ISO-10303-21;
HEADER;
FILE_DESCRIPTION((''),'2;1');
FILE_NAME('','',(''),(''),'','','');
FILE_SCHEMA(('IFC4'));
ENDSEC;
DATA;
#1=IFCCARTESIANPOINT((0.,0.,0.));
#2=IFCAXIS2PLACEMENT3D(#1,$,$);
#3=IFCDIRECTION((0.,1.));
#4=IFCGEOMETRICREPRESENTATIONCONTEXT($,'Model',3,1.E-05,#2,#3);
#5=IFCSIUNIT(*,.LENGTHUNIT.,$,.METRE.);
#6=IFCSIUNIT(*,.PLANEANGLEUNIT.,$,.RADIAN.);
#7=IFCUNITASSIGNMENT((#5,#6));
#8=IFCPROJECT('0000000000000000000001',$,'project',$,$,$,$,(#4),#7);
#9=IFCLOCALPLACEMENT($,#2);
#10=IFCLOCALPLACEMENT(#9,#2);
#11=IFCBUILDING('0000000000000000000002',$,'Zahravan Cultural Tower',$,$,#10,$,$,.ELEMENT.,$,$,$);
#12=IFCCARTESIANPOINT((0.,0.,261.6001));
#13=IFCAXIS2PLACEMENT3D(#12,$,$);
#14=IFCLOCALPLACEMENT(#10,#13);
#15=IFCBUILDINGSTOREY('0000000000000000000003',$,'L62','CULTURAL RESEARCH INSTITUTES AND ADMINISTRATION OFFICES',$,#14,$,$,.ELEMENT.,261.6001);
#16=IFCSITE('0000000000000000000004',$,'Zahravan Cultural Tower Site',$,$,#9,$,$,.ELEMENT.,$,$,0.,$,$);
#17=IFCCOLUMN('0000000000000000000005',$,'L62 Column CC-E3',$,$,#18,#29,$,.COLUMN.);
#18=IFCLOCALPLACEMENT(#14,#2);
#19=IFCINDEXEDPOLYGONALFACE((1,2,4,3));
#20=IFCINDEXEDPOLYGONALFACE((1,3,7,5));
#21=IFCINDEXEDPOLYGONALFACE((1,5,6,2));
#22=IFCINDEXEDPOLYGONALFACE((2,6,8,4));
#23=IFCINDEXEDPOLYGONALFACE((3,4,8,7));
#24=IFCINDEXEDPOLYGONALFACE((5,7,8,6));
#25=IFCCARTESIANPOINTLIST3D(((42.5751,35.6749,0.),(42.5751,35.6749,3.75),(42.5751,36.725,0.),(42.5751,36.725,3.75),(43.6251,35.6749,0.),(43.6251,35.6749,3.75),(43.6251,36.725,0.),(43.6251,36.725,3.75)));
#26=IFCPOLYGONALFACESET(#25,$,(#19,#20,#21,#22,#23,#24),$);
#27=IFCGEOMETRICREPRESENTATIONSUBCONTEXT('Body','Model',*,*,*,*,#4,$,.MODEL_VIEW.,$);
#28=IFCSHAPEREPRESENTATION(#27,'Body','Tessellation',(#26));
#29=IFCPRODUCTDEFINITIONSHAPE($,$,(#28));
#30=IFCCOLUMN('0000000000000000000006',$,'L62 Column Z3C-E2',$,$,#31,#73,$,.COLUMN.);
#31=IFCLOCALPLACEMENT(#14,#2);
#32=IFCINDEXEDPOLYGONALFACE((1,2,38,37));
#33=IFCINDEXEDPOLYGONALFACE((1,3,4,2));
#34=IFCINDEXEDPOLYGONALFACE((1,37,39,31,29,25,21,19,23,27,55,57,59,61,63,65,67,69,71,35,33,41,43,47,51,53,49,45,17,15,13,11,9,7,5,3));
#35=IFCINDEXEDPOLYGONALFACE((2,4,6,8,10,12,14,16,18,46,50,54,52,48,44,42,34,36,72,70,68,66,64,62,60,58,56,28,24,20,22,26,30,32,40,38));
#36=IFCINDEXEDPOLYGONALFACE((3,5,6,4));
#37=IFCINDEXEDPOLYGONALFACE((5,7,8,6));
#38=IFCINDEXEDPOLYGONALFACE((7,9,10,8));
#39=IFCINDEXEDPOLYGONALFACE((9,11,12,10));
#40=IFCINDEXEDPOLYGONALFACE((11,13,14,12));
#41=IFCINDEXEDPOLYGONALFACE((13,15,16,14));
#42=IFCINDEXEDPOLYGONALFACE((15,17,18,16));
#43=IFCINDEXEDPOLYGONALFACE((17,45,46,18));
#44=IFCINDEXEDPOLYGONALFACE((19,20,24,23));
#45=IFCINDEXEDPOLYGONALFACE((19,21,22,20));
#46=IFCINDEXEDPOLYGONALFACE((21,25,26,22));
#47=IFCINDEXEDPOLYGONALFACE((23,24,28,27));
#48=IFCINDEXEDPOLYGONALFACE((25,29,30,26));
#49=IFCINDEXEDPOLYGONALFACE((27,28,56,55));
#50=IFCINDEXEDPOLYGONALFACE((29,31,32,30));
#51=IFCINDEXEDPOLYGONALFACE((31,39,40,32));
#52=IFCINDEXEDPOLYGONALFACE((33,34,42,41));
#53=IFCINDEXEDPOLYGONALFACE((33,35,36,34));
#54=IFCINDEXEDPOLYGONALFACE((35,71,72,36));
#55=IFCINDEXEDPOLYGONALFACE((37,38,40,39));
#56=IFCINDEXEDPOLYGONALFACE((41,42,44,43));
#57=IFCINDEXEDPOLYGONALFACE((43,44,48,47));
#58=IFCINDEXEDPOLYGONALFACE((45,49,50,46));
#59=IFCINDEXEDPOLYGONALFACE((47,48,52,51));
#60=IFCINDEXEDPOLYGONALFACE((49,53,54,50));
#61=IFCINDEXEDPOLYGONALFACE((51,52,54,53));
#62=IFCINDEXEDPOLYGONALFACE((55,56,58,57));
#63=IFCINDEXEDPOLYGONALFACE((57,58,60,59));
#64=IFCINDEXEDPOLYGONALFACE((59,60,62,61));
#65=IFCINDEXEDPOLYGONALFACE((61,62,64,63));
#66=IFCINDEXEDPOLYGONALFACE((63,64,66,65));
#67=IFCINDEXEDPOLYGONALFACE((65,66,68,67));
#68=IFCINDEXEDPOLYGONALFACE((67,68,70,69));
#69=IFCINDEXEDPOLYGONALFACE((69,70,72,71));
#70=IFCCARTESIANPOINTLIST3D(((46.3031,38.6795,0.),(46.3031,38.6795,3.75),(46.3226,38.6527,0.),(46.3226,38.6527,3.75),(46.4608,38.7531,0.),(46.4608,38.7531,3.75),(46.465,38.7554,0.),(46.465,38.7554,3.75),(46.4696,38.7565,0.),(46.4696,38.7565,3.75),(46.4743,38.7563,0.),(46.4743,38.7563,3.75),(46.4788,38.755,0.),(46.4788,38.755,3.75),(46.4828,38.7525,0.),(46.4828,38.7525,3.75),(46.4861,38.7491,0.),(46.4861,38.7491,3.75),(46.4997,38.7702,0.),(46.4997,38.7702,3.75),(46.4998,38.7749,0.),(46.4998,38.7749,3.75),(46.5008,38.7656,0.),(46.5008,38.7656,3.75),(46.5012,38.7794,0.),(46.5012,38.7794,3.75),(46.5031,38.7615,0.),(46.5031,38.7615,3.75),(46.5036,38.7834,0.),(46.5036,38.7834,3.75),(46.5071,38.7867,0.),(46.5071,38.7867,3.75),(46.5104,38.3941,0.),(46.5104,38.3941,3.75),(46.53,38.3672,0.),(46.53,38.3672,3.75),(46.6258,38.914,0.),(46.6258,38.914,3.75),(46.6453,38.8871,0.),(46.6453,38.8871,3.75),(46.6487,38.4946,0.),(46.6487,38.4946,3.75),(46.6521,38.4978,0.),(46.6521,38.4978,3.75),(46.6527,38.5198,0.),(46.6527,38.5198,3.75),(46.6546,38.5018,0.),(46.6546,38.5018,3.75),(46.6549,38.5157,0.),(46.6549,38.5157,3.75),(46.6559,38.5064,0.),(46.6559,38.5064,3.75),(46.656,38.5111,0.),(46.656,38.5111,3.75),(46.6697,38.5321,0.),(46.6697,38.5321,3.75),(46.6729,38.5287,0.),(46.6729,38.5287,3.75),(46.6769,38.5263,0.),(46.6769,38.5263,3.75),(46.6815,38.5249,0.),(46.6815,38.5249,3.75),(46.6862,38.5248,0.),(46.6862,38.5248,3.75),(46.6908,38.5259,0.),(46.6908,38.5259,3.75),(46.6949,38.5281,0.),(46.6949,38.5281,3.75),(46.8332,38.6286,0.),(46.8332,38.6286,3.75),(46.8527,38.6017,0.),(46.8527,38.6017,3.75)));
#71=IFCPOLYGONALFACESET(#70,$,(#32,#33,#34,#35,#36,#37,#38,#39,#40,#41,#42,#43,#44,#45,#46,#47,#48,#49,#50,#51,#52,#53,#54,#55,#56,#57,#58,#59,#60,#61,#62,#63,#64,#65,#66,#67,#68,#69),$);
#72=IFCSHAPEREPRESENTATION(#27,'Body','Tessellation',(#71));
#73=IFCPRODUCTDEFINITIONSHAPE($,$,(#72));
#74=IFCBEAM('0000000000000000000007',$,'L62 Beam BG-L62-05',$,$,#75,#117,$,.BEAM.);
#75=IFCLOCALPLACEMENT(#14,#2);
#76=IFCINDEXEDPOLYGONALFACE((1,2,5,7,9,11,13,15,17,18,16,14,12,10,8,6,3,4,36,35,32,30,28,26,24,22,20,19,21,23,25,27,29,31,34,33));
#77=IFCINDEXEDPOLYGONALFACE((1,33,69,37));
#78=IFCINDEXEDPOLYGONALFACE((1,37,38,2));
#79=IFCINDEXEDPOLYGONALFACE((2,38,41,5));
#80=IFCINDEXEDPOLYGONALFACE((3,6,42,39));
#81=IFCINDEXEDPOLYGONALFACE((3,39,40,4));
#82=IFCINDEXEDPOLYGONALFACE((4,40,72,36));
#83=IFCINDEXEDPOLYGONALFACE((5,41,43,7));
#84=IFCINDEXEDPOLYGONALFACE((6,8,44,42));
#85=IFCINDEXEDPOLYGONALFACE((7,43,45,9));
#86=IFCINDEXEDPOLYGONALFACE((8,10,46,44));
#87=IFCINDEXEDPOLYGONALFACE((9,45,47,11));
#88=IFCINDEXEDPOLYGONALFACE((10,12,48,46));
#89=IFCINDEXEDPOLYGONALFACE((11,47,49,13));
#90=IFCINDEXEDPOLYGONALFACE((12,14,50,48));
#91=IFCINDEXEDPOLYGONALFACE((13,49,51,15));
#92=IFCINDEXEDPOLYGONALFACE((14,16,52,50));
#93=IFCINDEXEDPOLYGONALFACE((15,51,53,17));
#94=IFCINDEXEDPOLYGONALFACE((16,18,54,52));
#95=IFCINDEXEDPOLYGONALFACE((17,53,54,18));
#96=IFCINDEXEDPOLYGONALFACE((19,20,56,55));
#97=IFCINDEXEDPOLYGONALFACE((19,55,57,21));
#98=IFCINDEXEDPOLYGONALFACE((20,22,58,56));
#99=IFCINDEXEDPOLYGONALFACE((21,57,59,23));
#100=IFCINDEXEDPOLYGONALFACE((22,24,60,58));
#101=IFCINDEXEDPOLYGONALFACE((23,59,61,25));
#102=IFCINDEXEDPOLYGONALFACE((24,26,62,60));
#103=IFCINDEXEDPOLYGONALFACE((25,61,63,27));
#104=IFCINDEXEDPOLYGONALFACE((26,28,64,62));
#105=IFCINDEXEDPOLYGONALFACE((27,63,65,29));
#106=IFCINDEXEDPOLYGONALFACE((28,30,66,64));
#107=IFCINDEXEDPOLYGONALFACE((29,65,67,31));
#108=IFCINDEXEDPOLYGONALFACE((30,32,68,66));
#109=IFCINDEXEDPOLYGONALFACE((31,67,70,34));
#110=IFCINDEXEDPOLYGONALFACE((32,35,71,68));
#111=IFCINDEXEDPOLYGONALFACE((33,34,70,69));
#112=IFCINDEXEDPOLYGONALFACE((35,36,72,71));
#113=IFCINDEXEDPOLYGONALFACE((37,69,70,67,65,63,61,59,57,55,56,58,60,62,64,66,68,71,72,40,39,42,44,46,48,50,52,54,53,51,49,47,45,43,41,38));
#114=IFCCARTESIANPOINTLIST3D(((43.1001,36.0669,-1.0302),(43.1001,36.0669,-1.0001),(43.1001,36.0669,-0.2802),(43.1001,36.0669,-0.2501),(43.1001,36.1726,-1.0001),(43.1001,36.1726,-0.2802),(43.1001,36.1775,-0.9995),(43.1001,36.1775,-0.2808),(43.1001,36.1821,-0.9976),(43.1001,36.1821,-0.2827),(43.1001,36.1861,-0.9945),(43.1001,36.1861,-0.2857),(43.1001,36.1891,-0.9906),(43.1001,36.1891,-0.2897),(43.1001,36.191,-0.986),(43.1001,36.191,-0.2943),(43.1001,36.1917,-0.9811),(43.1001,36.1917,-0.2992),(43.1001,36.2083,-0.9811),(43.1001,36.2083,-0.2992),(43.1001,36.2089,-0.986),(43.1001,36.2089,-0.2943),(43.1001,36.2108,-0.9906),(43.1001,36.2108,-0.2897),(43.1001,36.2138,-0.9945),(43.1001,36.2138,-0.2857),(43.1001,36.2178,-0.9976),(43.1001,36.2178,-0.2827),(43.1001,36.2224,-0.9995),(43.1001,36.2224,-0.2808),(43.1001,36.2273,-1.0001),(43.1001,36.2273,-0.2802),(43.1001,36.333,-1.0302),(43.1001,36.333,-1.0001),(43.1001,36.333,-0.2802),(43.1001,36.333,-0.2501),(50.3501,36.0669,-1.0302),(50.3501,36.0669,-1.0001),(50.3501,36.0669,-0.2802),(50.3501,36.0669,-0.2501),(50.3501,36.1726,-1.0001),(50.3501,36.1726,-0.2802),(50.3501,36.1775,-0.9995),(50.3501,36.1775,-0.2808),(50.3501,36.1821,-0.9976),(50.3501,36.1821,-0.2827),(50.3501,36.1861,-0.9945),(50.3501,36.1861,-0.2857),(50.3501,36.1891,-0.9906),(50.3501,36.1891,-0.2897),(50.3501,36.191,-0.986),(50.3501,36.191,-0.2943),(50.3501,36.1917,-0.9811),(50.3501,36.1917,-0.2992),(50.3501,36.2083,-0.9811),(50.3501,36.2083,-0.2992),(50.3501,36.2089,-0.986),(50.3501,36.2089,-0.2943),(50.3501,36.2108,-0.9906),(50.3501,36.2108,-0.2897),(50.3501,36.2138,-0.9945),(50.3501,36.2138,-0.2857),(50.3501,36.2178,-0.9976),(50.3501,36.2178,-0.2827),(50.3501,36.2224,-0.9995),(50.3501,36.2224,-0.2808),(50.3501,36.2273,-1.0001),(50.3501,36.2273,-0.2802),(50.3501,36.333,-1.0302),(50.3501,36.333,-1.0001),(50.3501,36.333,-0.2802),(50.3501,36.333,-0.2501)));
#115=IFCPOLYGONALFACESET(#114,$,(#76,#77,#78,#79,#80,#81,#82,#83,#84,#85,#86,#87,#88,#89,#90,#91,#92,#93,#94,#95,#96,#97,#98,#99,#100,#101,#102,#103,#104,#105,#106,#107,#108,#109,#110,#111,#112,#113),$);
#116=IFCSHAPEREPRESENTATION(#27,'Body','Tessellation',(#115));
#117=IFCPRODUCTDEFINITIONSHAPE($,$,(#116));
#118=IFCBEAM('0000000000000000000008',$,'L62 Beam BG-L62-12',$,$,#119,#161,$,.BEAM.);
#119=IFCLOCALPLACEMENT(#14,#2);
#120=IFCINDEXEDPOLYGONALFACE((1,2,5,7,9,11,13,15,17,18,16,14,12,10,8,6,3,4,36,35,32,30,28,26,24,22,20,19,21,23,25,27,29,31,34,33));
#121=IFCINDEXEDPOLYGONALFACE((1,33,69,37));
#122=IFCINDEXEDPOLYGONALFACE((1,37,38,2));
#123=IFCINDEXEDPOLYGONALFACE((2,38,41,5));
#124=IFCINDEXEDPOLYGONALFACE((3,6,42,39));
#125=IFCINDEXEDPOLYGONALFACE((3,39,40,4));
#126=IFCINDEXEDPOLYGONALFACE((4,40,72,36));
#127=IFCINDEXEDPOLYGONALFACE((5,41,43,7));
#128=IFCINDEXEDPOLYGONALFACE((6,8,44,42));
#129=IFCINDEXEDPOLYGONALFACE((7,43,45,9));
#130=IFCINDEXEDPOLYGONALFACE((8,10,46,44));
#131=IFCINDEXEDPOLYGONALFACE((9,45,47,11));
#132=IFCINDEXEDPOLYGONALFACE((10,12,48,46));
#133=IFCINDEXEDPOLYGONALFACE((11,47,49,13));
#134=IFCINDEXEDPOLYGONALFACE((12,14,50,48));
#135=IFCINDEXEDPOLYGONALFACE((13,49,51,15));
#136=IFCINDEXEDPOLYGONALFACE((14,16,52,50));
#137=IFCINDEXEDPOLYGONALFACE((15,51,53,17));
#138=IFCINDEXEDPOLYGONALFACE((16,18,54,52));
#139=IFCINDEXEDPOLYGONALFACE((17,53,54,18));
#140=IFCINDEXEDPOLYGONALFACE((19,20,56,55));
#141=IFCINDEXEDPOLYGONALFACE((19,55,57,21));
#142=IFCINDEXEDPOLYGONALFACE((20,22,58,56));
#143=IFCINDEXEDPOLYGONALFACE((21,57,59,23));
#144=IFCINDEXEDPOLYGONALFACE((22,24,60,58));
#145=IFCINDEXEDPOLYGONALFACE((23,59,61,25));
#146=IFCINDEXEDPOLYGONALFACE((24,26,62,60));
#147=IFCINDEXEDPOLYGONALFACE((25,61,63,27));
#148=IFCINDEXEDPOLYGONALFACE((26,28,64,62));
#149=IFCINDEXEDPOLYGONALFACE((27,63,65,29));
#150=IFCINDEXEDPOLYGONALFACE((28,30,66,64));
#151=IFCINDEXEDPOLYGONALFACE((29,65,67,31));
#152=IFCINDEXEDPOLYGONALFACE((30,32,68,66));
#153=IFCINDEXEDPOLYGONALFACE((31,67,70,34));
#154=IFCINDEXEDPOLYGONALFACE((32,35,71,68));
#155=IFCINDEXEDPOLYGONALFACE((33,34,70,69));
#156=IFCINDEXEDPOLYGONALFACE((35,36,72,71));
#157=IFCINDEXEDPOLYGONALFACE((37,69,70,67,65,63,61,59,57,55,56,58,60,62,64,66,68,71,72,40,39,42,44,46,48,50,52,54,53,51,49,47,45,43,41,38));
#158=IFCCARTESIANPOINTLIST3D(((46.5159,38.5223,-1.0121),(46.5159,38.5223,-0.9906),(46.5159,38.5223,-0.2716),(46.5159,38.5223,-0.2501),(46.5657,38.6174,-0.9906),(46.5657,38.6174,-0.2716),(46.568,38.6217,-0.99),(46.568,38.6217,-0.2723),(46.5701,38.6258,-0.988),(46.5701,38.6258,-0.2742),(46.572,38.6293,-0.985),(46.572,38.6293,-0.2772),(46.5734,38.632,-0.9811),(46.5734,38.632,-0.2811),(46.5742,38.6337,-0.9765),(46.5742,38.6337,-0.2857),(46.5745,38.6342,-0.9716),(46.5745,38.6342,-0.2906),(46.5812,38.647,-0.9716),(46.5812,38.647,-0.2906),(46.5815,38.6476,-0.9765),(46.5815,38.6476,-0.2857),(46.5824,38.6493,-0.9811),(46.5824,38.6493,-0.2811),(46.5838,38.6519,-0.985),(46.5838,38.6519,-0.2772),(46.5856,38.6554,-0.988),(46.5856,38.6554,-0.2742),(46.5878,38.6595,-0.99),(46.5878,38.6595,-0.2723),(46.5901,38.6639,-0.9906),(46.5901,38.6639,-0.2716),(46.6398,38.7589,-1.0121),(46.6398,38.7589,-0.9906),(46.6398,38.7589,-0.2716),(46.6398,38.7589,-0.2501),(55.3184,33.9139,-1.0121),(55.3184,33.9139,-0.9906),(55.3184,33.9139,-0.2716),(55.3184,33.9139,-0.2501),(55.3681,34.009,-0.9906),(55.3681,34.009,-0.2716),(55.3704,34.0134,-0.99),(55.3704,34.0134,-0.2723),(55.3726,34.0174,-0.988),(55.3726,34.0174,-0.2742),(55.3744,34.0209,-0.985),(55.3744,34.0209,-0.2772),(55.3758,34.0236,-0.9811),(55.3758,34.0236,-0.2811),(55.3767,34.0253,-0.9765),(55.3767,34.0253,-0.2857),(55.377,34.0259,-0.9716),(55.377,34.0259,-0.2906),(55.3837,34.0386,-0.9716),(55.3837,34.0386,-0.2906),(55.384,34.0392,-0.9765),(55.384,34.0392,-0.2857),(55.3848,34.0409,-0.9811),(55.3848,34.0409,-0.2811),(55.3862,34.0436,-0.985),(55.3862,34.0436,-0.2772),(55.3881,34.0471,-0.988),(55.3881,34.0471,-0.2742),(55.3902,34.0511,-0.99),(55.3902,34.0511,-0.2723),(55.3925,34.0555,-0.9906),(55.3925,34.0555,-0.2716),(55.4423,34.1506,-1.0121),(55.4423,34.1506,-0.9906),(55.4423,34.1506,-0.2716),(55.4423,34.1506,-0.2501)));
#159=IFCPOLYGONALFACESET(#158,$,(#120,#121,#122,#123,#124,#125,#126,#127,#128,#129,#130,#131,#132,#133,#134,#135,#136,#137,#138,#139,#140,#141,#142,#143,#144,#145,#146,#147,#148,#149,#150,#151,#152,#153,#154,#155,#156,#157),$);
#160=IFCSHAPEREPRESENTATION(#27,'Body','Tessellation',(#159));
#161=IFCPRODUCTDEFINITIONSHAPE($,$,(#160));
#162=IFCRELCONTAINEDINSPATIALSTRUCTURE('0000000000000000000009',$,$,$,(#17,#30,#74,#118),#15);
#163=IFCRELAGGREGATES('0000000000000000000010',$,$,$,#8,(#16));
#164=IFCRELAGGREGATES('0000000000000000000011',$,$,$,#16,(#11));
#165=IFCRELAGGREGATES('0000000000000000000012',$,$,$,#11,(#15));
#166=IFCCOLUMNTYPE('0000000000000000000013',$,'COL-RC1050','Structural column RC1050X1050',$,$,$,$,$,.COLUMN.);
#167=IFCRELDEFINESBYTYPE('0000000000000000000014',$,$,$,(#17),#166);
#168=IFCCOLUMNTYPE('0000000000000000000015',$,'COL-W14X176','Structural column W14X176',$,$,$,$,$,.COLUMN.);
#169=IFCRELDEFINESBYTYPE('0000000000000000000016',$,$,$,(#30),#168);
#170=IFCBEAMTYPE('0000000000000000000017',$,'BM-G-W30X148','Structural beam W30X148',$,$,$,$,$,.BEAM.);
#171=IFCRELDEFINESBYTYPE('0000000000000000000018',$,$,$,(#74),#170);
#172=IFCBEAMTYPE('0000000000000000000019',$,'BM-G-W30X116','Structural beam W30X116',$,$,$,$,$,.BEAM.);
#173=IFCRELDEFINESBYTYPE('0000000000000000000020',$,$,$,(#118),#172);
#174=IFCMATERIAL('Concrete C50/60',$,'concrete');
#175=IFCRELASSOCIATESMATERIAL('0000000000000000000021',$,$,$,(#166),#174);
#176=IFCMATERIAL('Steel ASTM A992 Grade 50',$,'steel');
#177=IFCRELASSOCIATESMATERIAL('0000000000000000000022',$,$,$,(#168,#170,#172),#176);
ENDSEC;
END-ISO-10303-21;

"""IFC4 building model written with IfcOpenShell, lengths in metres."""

from ifc_helpers import new_model, si_unit, direction, frame, origin, origin_2d, place, context, subcontext, project, spatial, rectangle, i_section, extrude, source, transform, mapped, material, material_profile, profile_set, type_object, element, save


model = new_model("IFC4")

# Units and contexts
model_context = context("Model", 3, precision=1e-05, world=origin(), true_north=direction((0.0, 1.0)))
body_context = subcontext(model_context, "Body", "Model", "MODEL_VIEW")
ifc_project = project(units=[si_unit("LENGTHUNIT", "METRE"), si_unit("PLANEANGLEUNIT", "RADIAN")], contexts=[model_context])

# Site, building, storey
site_placement = place(None, origin())
site = spatial("IfcSite", under=ifc_project, at=site_placement, Name="Zahravan Cultural Tower Site", CompositionType="ELEMENT", RefElevation=0.0)
building_placement = place(site_placement, origin())
building = spatial("IfcBuilding", under=site, at=building_placement, Name="Zahravan Cultural Tower", CompositionType="ELEMENT")
storey_placement = place(building_placement, frame((0.0, 0.0, 261.6001)))
storey = spatial("IfcBuildingStorey", under=building, at=storey_placement, Name="L62", Description="CULTURAL RESEARCH INSTITUTES AND ADMINISTRATION OFFICES", CompositionType="ELEMENT", Elevation=261.6001)

# Columns
ifc_material_1 = material(Name="Concrete C50/60", Category="concrete")
ifc_material_profile_1 = material_profile(ifc_material_1, rectangle(XDim=1.05, YDim=1.05, at=origin_2d()), Name="RC1050X1050")
ifc_profile_set_1 = profile_set([ifc_material_profile_1], Name="Concrete C50/60")
column_type_1 = type_object("IfcColumnType", Name="COL-RC1050", Description="Structural column RC1050X1050", PredefinedType="COLUMN", material=ifc_profile_set_1)
shared_shape_1 = source(origin(), body_context, "Body", "SweptSolid", [
    extrude(rectangle(XDim=1.05, YDim=1.05, at=origin_2d()), origin(), (0.0, 0.0, 1.0), 3.75),
])
column_1_placement = place(storey_placement, frame((43.1001, 36.2, 0.0), z_axis=(0.0, 0.0, 1.0), x_axis=(1.0, 0.0, 0.0)))
element("IfcColumn", 1, at=column_1_placement, inside=storey, type_object=column_type_1, Name="L62 Column CC-E3", PredefinedType="COLUMN", context=body_context, shape_type="MappedRepresentation", body=[
    mapped(shared_shape_1, transform((0.0, 0.0, 0.0), x_axis=(1.0, 0.0, 0.0), y_axis=(0.0, 1.0, 0.0), z_axis=(0.0, 0.0, 1.0), scale=1.0)),
])
ifc_material_2 = material(Name="Steel ASTM A992 Grade 50", Category="steel")
ifc_material_profile_2 = material_profile(ifc_material_2, i_section(OverallWidth=0.3989, OverallDepth=0.386, WebThickness=0.021, FlangeThickness=0.0332, FilletRadius=0.0181, at=origin_2d()), Name="W14X176")
ifc_profile_set_2 = profile_set([ifc_material_profile_2], Name="Steel ASTM A992 Grade 50")
column_type_2 = type_object("IfcColumnType", Name="COL-W14X176", Description="Structural column W14X176", PredefinedType="COLUMN", material=ifc_profile_set_2)
shared_shape_2 = source(origin(), body_context, "Body", "SweptSolid", [
    extrude(i_section(OverallWidth=0.3989, OverallDepth=0.386, WebThickness=0.021, FlangeThickness=0.0332, FilletRadius=0.0181, at=origin_2d()), origin(), (0.0, 0.0, 1.0), 3.75),
])
column_2_placement = place(storey_placement, frame((46.5779, 38.6406, 0.0), z_axis=(0.0, 0.0, 1.0), x_axis=(0.809017, 0.587785, 0.0)))
element("IfcColumn", 2, at=column_2_placement, inside=storey, type_object=column_type_2, Name="L62 Column Z3C-E2", PredefinedType="COLUMN", context=body_context, shape_type="MappedRepresentation", body=[
    mapped(shared_shape_2, transform((0.0, 0.0, 0.0), x_axis=(1.0, 0.0, 0.0), y_axis=(0.0, 1.0, 0.0), z_axis=(0.0, 0.0, 1.0), scale=1.0)),
])

# Beams
ifc_material_profile_3 = material_profile(ifc_material_2, i_section(OverallWidth=0.2661, OverallDepth=0.78, WebThickness=0.0166, FlangeThickness=0.03, FilletRadius=0.019, at=origin_2d()), Name="W30X148")
ifc_profile_set_3 = profile_set([ifc_material_profile_3], Name="Steel ASTM A992 Grade 50")
beam_type_1 = type_object("IfcBeamType", Name="BM-G-W30X148", Description="Structural beam W30X148", PredefinedType="BEAM", material=ifc_profile_set_3)
shared_shape_3 = source(origin(), body_context, "Body", "SweptSolid", [
    extrude(i_section(OverallWidth=0.2661, OverallDepth=0.78, WebThickness=0.0166, FlangeThickness=0.03, FilletRadius=0.019, at=origin_2d()), origin(), (0.0, 0.0, 1.0), 7.25),
])
beam_1_placement = place(storey_placement, frame((43.1001, 36.2, -0.6401), z_axis=(1.0, 0.0, 0.0), x_axis=(0.0, 1.0, 0.0)))
element("IfcBeam", 3, at=beam_1_placement, inside=storey, type_object=beam_type_1, Name="L62 Beam BG-L62-05", PredefinedType="BEAM", context=body_context, shape_type="MappedRepresentation", body=[
    mapped(shared_shape_3, transform((0.0, 0.0, 0.0), x_axis=(1.0, 0.0, 0.0), y_axis=(0.0, 1.0, 0.0), z_axis=(0.0, 0.0, 1.0), scale=1.0)),
])
ifc_material_profile_4 = material_profile(ifc_material_2, i_section(OverallWidth=0.2671, OverallDepth=0.762, WebThickness=0.0144, FlangeThickness=0.0215, FilletRadius=0.019, at=origin_2d()), Name="W30X116")
ifc_profile_set_4 = profile_set([ifc_material_profile_4], Name="Steel ASTM A992 Grade 50")
beam_type_2 = type_object("IfcBeamType", Name="BM-G-W30X116", Description="Structural beam W30X116", PredefinedType="BEAM", material=ifc_profile_set_4)
shared_shape_4 = source(origin(), body_context, "Body", "SweptSolid", [
    extrude(i_section(OverallWidth=0.2671, OverallDepth=0.762, WebThickness=0.0144, FlangeThickness=0.0215, FilletRadius=0.019, at=origin_2d()), origin(), (0.0, 0.0, 1.0), 9.9358),
])
beam_2_placement = place(storey_placement, frame((46.5779, 38.6406, -0.6311), z_axis=(0.885932, -0.463815, 0.0), x_axis=(0.463815, 0.885932, 0.0)))
element("IfcBeam", 4, at=beam_2_placement, inside=storey, type_object=beam_type_2, Name="L62 Beam BG-L62-12", PredefinedType="BEAM", context=body_context, shape_type="MappedRepresentation", body=[
    mapped(shared_shape_4, transform((0.0, 0.0, 0.0), x_axis=(1.0, 0.0, 0.0), y_axis=(0.0, 1.0, 0.0), z_axis=(0.0, 0.0, 1.0), scale=1.0)),
])

save(model, "model.ifc")
